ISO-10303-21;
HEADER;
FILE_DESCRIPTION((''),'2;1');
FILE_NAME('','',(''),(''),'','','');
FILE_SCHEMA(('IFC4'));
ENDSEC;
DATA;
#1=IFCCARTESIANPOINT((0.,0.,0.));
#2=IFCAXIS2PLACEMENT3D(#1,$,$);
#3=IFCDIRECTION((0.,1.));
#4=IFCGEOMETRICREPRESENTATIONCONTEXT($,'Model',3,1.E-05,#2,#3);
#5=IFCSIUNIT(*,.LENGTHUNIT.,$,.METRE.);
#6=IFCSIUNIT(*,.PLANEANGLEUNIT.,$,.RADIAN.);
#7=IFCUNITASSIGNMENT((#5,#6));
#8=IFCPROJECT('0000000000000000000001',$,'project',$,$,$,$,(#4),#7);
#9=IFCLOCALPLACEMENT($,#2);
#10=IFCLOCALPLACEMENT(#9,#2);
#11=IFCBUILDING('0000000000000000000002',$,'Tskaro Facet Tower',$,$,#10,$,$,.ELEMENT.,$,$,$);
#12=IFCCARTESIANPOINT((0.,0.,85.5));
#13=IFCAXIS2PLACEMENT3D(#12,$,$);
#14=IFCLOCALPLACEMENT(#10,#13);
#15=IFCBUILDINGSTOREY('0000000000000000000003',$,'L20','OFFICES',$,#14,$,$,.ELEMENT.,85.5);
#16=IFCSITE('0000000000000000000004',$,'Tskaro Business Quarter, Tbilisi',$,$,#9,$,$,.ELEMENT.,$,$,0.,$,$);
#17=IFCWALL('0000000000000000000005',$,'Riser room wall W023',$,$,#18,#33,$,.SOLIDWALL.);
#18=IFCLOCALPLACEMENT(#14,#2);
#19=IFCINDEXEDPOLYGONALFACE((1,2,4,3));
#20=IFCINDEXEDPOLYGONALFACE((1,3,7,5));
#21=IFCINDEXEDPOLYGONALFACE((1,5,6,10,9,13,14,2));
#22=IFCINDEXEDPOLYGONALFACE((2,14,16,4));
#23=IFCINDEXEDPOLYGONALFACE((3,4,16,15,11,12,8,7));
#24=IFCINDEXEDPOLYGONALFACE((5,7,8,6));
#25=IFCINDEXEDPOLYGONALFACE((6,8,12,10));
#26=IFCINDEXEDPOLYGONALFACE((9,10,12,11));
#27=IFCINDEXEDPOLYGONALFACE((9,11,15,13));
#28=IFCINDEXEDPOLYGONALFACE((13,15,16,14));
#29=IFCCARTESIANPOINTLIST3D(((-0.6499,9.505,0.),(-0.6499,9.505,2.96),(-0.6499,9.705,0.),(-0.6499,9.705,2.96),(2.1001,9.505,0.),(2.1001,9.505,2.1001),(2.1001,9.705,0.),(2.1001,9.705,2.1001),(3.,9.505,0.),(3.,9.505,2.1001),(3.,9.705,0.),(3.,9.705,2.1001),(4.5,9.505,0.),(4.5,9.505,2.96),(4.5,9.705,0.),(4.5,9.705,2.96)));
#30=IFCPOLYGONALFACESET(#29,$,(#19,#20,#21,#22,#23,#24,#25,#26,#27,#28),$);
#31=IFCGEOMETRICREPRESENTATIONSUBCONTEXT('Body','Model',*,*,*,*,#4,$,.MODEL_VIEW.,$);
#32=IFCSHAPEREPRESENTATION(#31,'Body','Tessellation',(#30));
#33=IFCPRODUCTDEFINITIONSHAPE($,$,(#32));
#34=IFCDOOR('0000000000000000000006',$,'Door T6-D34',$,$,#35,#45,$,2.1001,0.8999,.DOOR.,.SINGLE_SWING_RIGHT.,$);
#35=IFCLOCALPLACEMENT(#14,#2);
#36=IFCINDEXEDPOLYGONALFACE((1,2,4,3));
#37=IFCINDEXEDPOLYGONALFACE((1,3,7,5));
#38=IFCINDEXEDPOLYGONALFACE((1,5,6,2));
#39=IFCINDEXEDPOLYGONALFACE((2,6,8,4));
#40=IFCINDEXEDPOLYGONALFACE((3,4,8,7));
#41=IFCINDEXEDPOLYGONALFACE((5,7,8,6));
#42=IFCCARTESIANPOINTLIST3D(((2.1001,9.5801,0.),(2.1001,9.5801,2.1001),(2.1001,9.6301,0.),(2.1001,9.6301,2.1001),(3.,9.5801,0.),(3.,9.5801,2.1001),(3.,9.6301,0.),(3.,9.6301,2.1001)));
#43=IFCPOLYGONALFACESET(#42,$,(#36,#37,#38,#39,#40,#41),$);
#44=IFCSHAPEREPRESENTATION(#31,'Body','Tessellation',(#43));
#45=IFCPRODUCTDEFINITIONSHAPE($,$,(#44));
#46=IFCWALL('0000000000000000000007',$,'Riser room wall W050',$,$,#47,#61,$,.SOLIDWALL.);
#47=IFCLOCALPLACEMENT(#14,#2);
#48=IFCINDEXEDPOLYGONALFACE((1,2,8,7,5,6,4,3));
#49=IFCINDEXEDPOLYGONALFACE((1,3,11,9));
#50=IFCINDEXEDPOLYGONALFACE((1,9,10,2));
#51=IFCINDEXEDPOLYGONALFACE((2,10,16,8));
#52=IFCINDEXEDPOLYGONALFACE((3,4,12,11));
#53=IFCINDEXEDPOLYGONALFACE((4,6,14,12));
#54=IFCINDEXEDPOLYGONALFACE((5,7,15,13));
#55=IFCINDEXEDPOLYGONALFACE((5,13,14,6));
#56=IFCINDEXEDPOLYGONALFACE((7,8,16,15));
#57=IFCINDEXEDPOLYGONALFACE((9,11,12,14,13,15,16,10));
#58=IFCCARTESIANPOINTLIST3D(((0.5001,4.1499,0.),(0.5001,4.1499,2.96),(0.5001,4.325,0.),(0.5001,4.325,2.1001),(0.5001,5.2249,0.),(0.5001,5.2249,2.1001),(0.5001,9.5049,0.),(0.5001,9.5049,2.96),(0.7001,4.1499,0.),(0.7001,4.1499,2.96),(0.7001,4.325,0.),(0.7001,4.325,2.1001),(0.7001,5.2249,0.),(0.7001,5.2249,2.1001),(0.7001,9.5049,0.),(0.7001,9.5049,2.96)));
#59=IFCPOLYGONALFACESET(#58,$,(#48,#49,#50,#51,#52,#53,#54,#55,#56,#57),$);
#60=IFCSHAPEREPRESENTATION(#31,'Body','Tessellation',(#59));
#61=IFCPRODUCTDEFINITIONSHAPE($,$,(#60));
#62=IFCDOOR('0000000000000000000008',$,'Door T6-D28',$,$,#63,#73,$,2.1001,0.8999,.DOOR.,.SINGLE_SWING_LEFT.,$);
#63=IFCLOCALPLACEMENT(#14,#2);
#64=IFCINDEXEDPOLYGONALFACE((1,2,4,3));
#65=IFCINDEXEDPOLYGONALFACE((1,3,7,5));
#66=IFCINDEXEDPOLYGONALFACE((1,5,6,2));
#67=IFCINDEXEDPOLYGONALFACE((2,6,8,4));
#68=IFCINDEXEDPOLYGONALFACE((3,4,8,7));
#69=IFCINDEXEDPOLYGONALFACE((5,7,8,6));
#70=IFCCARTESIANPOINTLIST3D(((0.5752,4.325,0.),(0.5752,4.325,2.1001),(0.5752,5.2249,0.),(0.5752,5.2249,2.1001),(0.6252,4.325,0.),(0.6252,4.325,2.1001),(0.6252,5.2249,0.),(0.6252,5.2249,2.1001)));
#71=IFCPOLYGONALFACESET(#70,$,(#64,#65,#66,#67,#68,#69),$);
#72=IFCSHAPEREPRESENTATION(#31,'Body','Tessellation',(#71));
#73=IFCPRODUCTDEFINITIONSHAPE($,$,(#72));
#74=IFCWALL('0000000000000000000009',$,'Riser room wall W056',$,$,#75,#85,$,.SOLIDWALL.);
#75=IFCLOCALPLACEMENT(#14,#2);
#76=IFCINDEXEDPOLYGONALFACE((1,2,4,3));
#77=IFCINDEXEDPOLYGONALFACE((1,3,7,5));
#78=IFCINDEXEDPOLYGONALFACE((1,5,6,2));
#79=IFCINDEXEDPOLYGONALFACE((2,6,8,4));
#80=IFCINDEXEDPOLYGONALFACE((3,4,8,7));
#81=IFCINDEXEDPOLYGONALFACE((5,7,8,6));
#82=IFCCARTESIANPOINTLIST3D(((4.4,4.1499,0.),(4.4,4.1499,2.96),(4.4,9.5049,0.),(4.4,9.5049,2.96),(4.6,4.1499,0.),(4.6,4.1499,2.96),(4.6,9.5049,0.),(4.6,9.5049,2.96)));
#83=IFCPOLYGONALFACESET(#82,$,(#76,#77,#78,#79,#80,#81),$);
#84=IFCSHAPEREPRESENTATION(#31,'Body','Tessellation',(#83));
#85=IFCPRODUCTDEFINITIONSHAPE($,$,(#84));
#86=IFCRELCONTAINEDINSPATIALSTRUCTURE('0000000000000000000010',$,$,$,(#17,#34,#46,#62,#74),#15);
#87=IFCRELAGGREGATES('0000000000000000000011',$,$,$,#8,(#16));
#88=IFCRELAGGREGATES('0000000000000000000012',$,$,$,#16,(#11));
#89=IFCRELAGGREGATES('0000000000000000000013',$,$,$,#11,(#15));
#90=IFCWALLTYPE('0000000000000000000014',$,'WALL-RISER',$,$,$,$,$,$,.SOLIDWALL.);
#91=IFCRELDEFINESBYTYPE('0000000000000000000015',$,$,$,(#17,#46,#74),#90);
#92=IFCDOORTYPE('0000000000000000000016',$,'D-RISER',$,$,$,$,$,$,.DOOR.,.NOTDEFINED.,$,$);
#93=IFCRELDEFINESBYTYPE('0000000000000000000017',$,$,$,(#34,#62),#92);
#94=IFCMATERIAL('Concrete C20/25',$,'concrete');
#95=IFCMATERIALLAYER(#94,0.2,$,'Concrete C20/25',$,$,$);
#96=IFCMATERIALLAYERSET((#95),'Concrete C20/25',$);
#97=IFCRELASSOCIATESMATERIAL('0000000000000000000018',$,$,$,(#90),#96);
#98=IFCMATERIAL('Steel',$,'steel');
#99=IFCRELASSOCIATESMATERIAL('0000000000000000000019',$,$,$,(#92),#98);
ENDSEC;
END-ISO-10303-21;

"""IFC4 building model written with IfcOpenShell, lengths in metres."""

from ifc_helpers import new_model, si_unit, direction, frame, frame_2d, origin, place, context, subcontext, project, spatial, rectangle, extrude, material, layer, layer_set, type_object, element, fill, save


model = new_model("IFC4")

# Units and contexts
model_context = context("Model", 3, precision=1e-05, world=origin(), true_north=direction((0.0, 1.0)))
body_context = subcontext(model_context, "Body", "Model", "MODEL_VIEW")
ifc_project = project(units=[si_unit("LENGTHUNIT", "METRE"), si_unit("PLANEANGLEUNIT", "RADIAN")], contexts=[model_context])

# Site, building, storey
site_placement = place(None, origin())
site = spatial("IfcSite", under=ifc_project, at=site_placement, Name="Tskaro Business Quarter, Tbilisi", CompositionType="ELEMENT", RefElevation=0.0)
building_placement = place(site_placement, origin())
building = spatial("IfcBuilding", under=site, at=building_placement, Name="Tskaro Facet Tower", CompositionType="ELEMENT")
storey_placement = place(building_placement, frame((0.0, 0.0, 85.5)))
storey = spatial("IfcBuildingStorey", under=building, at=storey_placement, Name="L20", Description="OFFICES", CompositionType="ELEMENT", Elevation=85.5)

# Shared definitions
ifc_material_1 = material(Name="Concrete C20/25", Category="concrete")

# Walls, openings, doors
ifc_layer_1 = layer(ifc_material_1, 0.2, Name="Concrete C20/25")
ifc_layer_set_1 = layer_set([ifc_layer_1], Name="Concrete C20/25")
wall_type_1 = type_object("IfcWallType", Name="WALL-RISER", PredefinedType="SOLIDWALL", material=ifc_layer_set_1)
wall_1_placement = place(storey_placement, frame((4.5, 9.605, 0.0), z_axis=(0.0, 0.0, 1.0), x_axis=(-1.0, 0.0, 0.0)))
wall_1 = element("IfcWall", 1, at=wall_1_placement, inside=storey, type_object=wall_type_1, Name="Riser room wall W023", PredefinedType="SOLIDWALL", context=body_context, shape_type="SweptSolid", body=[
    extrude(rectangle(XDim=5.1499, YDim=0.2, at=frame_2d((2.575, 0.0))), origin(), (0.0, 0.0, 1.0), 2.96),
])
opening_1_placement = place(wall_1_placement, frame((1.5, 0.0, 0.0)))
opening_1 = element("IfcOpeningElement", 2, at=opening_1_placement, cuts=wall_1, PredefinedType="OPENING", context=body_context, shape_type="SweptSolid", body=[
    extrude(rectangle(XDim=0.8999, YDim=2.1001, at=frame_2d((0.45, 1.05))), frame((0.0, 0.1099, 0.0), z_axis=(0.0, -1.0, 0.0), x_axis=(1.0, 0.0, 0.0)), (0.0, 0.0, 1.0), 0.22),
])
ifc_material_2 = material(Name="Steel", Category="steel")
door_type_1 = type_object("IfcDoorType", Name="D-RISER", OperationType="NOTDEFINED", PredefinedType="DOOR", material=ifc_material_2)
door_1_placement = place(opening_1_placement, origin())
door_1 = element("IfcDoor", 3, at=door_1_placement, inside=storey, type_object=door_type_1, Name="Door T6-D34", OperationType="SINGLE_SWING_RIGHT", OverallHeight=2.1001, OverallWidth=0.8999, PredefinedType="DOOR", context=body_context, shape_type="SweptSolid", body=[
    extrude(rectangle(XDim=0.8999, YDim=2.1001, at=frame_2d((0.45, 1.05))), frame((0.0, 0.0249, 0.0), z_axis=(0.0, -1.0, 0.0), x_axis=(1.0, 0.0, 0.0)), (0.0, 0.0, 1.0), 0.05),
])
fill(opening_1, door_1)
wall_2_placement = place(storey_placement, frame((0.6001, 4.1499, 0.0), z_axis=(0.0, 0.0, 1.0), x_axis=(0.0, 1.0, 0.0)))
wall_2 = element("IfcWall", 4, at=wall_2_placement, inside=storey, type_object=wall_type_1, Name="Riser room wall W050", PredefinedType="SOLIDWALL", context=body_context, shape_type="SweptSolid", body=[
    extrude(rectangle(XDim=5.355, YDim=0.2, at=frame_2d((2.6775, 0.0))), origin(), (0.0, 0.0, 1.0), 2.96),
])
opening_2_placement = place(wall_2_placement, frame((0.175, 0.0, 0.0)))
opening_2 = element("IfcOpeningElement", 5, at=opening_2_placement, cuts=wall_2, PredefinedType="OPENING", context=body_context, shape_type="SweptSolid", body=[
    extrude(rectangle(XDim=0.8999, YDim=2.1001, at=frame_2d((0.45, 1.05))), frame((0.0, 0.1099, 0.0), z_axis=(0.0, -1.0, 0.0), x_axis=(1.0, 0.0, 0.0)), (0.0, 0.0, 1.0), 0.22),
])
door_2_placement = place(opening_2_placement, origin())
door_2 = element("IfcDoor", 6, at=door_2_placement, inside=storey, type_object=door_type_1, Name="Door T6-D28", OperationType="SINGLE_SWING_LEFT", OverallHeight=2.1001, OverallWidth=0.8999, PredefinedType="DOOR", context=body_context, shape_type="SweptSolid", body=[
    extrude(rectangle(XDim=0.8999, YDim=2.1001, at=frame_2d((0.45, 1.05))), frame((0.0, 0.0249, 0.0), z_axis=(0.0, -1.0, 0.0), x_axis=(1.0, 0.0, 0.0)), (0.0, 0.0, 1.0), 0.05),
])
fill(opening_2, door_2)

# Wall
wall_3_placement = place(storey_placement, frame((4.5, 4.1499, 0.0), z_axis=(0.0, 0.0, 1.0), x_axis=(0.0, 1.0, 0.0)))
element("IfcWall", 7, at=wall_3_placement, inside=storey, type_object=wall_type_1, Name="Riser room wall W056", PredefinedType="SOLIDWALL", context=body_context, shape_type="SweptSolid", body=[
    extrude(rectangle(XDim=5.355, YDim=0.2, at=frame_2d((2.6775, 0.0))), origin(), (0.0, 0.0, 1.0), 2.96),
])

save(model, "model.ifc")
